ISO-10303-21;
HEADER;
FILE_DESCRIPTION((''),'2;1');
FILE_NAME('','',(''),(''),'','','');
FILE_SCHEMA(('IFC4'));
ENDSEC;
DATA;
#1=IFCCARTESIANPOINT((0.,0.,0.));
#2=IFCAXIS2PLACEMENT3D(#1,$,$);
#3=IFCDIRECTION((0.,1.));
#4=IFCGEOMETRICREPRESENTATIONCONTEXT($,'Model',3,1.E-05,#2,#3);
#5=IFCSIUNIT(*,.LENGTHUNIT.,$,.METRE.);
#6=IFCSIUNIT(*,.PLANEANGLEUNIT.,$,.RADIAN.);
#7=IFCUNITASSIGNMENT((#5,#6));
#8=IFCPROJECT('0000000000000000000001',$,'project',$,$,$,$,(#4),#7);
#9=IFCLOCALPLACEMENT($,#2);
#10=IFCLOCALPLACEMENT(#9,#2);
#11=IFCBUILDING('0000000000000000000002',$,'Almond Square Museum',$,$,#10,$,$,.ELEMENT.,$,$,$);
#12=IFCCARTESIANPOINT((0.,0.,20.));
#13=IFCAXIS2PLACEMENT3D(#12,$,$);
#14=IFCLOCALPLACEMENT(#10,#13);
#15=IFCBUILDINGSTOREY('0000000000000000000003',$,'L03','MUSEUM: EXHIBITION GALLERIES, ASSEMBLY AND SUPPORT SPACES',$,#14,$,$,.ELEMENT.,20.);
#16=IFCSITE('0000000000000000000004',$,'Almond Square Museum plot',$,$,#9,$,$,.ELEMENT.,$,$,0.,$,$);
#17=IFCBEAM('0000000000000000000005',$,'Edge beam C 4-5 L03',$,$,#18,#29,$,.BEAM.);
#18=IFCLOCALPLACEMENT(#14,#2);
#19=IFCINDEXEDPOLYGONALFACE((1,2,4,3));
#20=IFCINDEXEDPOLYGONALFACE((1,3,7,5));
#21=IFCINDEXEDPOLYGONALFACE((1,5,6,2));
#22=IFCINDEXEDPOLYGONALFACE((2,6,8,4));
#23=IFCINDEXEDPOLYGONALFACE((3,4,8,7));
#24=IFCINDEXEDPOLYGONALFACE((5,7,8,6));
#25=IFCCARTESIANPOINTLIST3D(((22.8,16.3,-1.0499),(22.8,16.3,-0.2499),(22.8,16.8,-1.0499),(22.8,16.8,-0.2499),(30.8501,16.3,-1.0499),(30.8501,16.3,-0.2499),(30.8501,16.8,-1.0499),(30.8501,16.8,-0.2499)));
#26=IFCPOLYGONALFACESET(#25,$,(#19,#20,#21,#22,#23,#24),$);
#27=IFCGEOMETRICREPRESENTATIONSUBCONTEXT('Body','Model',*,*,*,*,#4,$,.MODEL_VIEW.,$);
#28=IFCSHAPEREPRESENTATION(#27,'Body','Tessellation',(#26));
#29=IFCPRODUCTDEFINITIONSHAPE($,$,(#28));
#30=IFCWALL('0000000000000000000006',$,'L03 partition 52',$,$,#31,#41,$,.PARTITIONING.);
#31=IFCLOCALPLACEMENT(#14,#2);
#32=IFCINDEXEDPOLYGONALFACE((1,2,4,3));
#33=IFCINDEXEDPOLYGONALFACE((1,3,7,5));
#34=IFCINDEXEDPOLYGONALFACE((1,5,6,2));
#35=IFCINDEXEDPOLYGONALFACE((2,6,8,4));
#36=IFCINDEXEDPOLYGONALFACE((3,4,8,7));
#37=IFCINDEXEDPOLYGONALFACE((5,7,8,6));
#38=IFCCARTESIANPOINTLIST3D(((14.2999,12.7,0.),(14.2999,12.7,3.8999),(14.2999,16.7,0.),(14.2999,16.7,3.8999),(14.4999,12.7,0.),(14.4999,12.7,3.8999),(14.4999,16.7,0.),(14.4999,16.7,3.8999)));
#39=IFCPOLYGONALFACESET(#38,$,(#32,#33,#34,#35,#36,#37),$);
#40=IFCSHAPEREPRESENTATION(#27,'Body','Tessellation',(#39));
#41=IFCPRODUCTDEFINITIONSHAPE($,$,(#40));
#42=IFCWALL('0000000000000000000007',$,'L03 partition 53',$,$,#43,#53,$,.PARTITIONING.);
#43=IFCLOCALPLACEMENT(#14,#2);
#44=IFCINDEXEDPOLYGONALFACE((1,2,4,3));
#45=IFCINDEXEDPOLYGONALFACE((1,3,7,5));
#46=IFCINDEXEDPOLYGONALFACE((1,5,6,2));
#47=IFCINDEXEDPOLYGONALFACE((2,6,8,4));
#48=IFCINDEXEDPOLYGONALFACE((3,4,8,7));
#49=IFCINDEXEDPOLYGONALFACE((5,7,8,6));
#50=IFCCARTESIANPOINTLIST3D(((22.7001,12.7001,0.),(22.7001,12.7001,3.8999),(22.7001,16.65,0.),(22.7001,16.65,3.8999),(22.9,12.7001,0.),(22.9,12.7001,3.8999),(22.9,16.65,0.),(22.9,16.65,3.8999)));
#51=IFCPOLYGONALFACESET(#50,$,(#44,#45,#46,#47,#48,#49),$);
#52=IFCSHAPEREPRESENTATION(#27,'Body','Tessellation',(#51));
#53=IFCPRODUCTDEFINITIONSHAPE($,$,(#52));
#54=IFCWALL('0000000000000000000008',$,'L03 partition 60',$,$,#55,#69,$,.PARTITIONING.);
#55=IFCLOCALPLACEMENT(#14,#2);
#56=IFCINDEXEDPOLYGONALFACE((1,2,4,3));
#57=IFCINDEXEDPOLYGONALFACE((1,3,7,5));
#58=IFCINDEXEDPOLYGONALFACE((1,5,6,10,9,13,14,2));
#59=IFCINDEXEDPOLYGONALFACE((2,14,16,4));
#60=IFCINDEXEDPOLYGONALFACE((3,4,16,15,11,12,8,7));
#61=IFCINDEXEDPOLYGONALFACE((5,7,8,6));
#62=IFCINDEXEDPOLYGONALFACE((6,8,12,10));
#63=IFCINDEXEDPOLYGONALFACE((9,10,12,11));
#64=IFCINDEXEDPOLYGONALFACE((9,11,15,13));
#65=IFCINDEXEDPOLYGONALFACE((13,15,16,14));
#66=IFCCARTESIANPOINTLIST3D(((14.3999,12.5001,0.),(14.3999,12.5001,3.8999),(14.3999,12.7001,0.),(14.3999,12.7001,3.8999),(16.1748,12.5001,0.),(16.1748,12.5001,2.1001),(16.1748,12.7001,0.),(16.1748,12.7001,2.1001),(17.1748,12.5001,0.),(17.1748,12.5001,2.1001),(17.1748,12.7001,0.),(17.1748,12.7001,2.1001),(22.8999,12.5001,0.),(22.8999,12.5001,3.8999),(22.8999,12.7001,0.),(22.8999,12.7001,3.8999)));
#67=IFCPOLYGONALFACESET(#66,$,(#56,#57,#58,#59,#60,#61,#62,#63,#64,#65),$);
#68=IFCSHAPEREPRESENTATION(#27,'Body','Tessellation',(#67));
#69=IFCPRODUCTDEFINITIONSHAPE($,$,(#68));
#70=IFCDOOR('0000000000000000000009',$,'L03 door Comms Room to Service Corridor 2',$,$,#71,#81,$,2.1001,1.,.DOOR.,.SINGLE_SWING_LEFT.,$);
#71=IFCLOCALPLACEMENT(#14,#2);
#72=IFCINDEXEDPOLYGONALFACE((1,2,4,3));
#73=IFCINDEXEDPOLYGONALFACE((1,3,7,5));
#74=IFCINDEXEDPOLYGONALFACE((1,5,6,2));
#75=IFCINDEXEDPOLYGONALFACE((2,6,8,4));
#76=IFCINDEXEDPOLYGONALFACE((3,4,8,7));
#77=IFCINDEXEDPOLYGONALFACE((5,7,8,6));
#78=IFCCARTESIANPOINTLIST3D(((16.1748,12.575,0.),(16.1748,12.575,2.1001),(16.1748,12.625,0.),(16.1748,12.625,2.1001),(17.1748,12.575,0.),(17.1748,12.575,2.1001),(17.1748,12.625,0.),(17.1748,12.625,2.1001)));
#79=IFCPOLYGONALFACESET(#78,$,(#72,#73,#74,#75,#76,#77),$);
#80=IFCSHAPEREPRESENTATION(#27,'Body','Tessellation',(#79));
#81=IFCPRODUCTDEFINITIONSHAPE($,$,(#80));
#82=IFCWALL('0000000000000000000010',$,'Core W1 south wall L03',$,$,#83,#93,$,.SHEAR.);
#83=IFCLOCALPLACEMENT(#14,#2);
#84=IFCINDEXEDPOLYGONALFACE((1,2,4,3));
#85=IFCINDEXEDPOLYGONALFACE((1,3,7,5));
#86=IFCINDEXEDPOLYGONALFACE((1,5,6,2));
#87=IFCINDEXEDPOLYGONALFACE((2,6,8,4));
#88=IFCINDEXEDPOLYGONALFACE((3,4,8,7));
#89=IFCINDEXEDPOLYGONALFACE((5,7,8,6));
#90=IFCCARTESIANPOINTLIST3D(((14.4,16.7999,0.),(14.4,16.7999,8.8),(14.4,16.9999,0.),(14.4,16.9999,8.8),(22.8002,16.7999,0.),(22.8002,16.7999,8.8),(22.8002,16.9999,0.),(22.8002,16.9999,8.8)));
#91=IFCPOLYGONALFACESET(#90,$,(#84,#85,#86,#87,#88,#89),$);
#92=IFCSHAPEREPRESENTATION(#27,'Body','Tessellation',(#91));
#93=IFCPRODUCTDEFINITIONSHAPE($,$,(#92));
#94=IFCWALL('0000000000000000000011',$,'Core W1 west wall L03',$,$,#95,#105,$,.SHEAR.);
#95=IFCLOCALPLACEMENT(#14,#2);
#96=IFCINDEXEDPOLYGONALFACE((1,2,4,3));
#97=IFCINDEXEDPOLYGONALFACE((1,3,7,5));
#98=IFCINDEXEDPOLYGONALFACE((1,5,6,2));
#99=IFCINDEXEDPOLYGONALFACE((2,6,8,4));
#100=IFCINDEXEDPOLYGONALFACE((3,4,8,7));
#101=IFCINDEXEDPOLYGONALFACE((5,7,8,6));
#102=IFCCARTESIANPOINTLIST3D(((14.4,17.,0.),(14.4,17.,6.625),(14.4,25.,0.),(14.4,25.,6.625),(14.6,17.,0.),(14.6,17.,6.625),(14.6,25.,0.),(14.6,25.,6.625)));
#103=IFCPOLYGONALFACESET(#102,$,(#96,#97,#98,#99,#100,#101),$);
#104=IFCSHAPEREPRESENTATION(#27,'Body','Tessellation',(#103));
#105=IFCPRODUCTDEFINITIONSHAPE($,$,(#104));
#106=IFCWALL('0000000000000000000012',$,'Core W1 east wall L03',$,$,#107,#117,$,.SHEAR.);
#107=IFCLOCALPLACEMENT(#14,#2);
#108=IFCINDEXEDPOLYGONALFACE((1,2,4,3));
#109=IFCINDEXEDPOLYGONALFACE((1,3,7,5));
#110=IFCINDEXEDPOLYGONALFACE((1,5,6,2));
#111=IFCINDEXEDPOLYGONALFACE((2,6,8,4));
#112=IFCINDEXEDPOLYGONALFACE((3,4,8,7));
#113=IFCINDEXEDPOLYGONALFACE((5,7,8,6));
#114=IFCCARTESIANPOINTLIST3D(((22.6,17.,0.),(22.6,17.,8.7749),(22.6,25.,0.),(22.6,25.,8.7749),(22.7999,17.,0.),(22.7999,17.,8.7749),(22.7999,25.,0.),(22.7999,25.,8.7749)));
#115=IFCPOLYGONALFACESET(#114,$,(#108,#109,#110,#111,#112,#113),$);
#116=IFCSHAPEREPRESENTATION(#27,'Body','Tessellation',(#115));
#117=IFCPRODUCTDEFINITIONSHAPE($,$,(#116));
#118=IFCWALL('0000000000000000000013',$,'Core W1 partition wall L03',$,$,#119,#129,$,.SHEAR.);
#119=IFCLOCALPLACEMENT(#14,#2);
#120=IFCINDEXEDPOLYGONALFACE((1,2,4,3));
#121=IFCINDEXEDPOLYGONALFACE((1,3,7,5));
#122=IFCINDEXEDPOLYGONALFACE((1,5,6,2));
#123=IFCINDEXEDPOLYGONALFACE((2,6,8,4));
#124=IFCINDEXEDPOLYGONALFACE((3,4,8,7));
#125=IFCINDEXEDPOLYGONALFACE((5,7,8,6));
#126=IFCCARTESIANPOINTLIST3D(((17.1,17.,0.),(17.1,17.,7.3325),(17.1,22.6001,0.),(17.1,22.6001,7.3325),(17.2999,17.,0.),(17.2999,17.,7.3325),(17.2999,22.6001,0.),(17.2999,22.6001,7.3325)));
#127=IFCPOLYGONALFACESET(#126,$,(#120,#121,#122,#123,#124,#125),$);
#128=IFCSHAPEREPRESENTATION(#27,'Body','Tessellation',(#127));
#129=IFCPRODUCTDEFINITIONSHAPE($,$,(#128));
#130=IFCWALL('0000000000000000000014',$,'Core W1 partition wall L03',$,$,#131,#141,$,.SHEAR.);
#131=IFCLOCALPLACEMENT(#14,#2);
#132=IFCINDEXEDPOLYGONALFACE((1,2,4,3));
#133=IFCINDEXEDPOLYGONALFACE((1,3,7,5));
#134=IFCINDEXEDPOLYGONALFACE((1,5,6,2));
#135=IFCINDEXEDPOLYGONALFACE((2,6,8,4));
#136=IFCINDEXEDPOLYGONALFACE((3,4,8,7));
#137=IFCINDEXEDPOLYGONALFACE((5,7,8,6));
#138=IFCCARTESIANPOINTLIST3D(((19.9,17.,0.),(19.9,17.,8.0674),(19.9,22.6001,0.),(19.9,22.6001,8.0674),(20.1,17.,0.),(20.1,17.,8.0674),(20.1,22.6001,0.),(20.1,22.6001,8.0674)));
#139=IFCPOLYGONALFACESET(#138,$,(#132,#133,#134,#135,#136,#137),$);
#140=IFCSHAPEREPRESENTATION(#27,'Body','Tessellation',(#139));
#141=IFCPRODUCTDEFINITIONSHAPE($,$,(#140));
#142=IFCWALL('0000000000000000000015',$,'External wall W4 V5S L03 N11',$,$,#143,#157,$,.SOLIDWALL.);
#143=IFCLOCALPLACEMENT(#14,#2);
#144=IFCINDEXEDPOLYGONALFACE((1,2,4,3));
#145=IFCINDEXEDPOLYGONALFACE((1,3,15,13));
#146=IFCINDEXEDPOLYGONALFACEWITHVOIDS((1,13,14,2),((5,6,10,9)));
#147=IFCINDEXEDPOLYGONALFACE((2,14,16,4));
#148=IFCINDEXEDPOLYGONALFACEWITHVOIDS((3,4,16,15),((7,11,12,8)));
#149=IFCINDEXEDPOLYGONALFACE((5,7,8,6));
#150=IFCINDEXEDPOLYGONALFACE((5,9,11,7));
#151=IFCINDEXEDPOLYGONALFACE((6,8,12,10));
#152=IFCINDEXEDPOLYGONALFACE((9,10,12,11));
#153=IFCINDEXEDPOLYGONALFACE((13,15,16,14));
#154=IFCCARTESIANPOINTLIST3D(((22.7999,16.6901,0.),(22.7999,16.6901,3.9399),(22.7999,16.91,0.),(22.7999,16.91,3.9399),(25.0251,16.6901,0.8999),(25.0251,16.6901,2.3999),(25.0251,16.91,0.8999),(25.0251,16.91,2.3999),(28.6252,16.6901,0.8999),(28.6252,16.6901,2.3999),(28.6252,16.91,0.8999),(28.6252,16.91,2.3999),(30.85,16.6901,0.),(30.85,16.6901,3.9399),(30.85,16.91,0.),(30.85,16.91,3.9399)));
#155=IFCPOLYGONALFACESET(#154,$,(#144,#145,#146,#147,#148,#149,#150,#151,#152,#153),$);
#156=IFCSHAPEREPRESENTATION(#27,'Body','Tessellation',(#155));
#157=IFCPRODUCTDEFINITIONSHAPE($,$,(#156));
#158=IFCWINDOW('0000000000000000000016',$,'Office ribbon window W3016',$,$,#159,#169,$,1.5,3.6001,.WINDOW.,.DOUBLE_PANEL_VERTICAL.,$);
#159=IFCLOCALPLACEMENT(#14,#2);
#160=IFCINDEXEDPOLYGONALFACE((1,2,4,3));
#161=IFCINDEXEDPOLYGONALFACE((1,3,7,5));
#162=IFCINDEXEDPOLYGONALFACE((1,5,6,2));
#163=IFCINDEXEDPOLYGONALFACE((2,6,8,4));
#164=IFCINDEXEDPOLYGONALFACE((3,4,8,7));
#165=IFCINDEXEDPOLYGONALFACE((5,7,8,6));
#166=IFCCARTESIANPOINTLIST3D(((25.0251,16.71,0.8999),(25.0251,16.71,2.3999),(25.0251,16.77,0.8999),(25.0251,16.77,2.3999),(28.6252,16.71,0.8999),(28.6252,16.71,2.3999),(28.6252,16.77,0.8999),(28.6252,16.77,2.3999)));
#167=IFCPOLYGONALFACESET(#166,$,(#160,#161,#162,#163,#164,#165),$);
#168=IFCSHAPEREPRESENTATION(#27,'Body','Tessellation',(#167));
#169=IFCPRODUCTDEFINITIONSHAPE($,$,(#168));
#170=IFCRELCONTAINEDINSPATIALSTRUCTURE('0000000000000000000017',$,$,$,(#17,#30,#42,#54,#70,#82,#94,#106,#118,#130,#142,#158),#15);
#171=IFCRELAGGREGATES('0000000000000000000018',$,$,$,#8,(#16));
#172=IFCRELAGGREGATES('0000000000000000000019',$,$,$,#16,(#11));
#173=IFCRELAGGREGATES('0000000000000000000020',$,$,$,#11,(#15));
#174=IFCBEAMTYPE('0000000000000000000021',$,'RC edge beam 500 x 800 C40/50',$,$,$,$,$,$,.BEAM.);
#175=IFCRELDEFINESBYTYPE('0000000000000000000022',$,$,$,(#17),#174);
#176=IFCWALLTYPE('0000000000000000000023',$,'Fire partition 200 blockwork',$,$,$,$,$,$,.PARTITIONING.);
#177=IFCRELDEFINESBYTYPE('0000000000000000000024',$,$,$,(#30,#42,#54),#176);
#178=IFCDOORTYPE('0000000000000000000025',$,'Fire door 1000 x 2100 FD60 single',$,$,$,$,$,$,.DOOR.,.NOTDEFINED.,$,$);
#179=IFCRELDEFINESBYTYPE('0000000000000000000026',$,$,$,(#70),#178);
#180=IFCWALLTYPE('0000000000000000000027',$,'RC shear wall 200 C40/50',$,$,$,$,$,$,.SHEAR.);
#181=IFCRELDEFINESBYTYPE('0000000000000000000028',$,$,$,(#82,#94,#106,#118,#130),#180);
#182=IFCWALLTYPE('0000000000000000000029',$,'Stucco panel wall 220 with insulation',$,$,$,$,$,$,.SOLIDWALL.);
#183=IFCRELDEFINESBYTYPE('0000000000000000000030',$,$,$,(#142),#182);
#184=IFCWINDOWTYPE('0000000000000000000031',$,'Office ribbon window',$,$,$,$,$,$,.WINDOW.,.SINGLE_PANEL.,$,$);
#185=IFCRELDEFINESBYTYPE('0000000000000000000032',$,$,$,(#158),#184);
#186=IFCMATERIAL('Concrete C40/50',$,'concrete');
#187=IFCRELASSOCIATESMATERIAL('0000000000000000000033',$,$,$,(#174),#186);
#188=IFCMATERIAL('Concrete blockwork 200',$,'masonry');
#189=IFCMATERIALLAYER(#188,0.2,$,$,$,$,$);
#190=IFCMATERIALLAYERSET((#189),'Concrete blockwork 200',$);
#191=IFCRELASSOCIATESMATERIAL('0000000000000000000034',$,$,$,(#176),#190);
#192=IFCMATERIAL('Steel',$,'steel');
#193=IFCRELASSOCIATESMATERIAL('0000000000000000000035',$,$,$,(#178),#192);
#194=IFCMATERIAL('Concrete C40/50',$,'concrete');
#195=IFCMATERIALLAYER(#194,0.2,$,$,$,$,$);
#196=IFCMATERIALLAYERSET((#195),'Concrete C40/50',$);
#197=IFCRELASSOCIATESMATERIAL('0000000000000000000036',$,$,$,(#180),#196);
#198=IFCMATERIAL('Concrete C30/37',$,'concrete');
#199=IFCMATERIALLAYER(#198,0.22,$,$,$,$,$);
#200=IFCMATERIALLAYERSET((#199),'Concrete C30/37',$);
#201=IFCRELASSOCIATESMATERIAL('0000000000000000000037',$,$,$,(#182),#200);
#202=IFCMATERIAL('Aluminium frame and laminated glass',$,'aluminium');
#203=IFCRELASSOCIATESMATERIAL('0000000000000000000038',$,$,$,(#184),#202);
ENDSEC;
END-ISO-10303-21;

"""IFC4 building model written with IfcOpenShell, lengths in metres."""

from ifc_helpers import new_model, si_unit, direction, frame, frame_2d, origin, origin_2d, place, context, subcontext, project, spatial, rectangle, extrude, material, layer, layer_set, material_profile, profile_set, type_object, element, fill, save


model = new_model("IFC4")

# Units and contexts
model_context = context("Model", 3, precision=1e-05, world=origin(), true_north=direction((0.0, 1.0)))
body_context = subcontext(model_context, "Body", "Model", "MODEL_VIEW")
ifc_project = project(units=[si_unit("LENGTHUNIT", "METRE"), si_unit("PLANEANGLEUNIT", "RADIAN")], contexts=[model_context])

# Site, building, storey
site_placement = place(None, origin())
site = spatial("IfcSite", under=ifc_project, at=site_placement, Name="Almond Square Museum plot", CompositionType="ELEMENT", RefElevation=0.0)
building_placement = place(site_placement, origin())
building = spatial("IfcBuilding", under=site, at=building_placement, Name="Almond Square Museum", CompositionType="ELEMENT")
storey_placement = place(building_placement, frame((0.0, 0.0, 20.0)))
storey = spatial("IfcBuildingStorey", under=building, at=storey_placement, Name="L03", Description="MUSEUM: EXHIBITION GALLERIES, ASSEMBLY AND SUPPORT SPACES", CompositionType="ELEMENT", Elevation=20.0)

# Beam
ifc_material_1 = material(Name="Concrete C40/50", Category="concrete")
ifc_material_profile_1 = material_profile(ifc_material_1, rectangle(XDim=0.5, YDim=0.8, at=origin_2d()))
ifc_profile_set_1 = profile_set([ifc_material_profile_1], Name="Concrete C40/50")
beam_type = type_object("IfcBeamType", Name="RC edge beam 500 x 800 C40/50", PredefinedType="BEAM", material=ifc_profile_set_1)
beam_placement = place(storey_placement, frame((22.8, 16.55, -0.6499), z_axis=(1.0, 0.0, 0.0), x_axis=(0.0, 1.0, 0.0)))
element("IfcBeam", 1, at=beam_placement, inside=storey, type_object=beam_type, Name="Edge beam C 4-5 L03", PredefinedType="BEAM", context=body_context, shape_type="SweptSolid", body=[
    extrude(rectangle(XDim=0.5, YDim=0.8, at=origin_2d()), origin(), (0.0, 0.0, 1.0), 8.05),
])

# Walls
ifc_material_2 = material(Name="Concrete blockwork 200", Category="masonry")
ifc_layer_1 = layer(ifc_material_2, 0.2)
ifc_layer_set_1 = layer_set([ifc_layer_1], Name="Concrete blockwork 200")
wall_type_1 = type_object("IfcWallType", Name="Fire partition 200 blockwork", PredefinedType="PARTITIONING", material=ifc_layer_set_1)
wall_1_placement = place(storey_placement, frame((14.3999, 12.7, 0.0), z_axis=(0.0, 0.0, 1.0), x_axis=(0.0, 1.0, 0.0)))
element("IfcWall", 2, at=wall_1_placement, inside=storey, type_object=wall_type_1, Name="L03 partition 52", PredefinedType="PARTITIONING", context=body_context, shape_type="SweptSolid", body=[
    extrude(rectangle(XDim=4.0, YDim=0.2, at=frame_2d((2.0, 0.0))), origin(), (0.0, 0.0, 1.0), 3.8999),
])
wall_2_placement = place(storey_placement, frame((22.8, 12.7, 0.0), z_axis=(0.0, 0.0, 1.0), x_axis=(0.0, 1.0, 0.0)))
element("IfcWall", 3, at=wall_2_placement, inside=storey, type_object=wall_type_1, Name="L03 partition 53", PredefinedType="PARTITIONING", context=body_context, shape_type="SweptSolid", body=[
    extrude(rectangle(XDim=3.95, YDim=0.2, at=frame_2d((1.9751, 0.0))), origin(), (0.0, 0.0, 1.0), 3.8999),
])

# Wall, opening, door
wall_3_placement = place(storey_placement, frame((14.3999, 12.6001, 0.0), z_axis=(0.0, 0.0, 1.0), x_axis=(1.0, 0.0, 0.0)))
wall_3 = element("IfcWall", 4, at=wall_3_placement, inside=storey, type_object=wall_type_1, Name="L03 partition 60", PredefinedType="PARTITIONING", context=body_context, shape_type="SweptSolid", body=[
    extrude(rectangle(XDim=8.5, YDim=0.2, at=frame_2d((4.25, 0.0))), origin(), (0.0, 0.0, 1.0), 3.8999),
])
opening_1_placement = place(wall_3_placement, frame((1.7749, 0.0, 0.0)))
opening_1 = element("IfcOpeningElement", 5, at=opening_1_placement, cuts=wall_3, PredefinedType="OPENING", context=body_context, shape_type="SweptSolid", body=[
    extrude(rectangle(XDim=1.0, YDim=2.1001, at=frame_2d((0.5, 1.05))), frame((0.0, 0.1099, 0.0), z_axis=(0.0, -1.0, 0.0), x_axis=(1.0, 0.0, 0.0)), (0.0, 0.0, 1.0), 0.22),
])
ifc_material_3 = material(Name="Steel", Category="steel")
door_type = type_object("IfcDoorType", Name="Fire door 1000 x 2100 FD60 single", OperationType="NOTDEFINED", PredefinedType="DOOR", material=ifc_material_3)
door_placement = place(opening_1_placement, origin())
door = element("IfcDoor", 6, at=door_placement, inside=storey, type_object=door_type, Name="L03 door Comms Room to Service Corridor 2", OperationType="SINGLE_SWING_LEFT", OverallHeight=2.1001, OverallWidth=1.0, PredefinedType="DOOR", context=body_context, shape_type="SweptSolid", body=[
    extrude(rectangle(XDim=1.0, YDim=2.1001, at=frame_2d((0.5, 1.05))), frame((0.0, 0.0249, 0.0), z_axis=(0.0, -1.0, 0.0), x_axis=(1.0, 0.0, 0.0)), (0.0, 0.0, 1.0), 0.05),
])
fill(opening_1, door)

# Walls
ifc_material_4 = material(Name="Concrete C40/50", Category="concrete")
ifc_layer_2 = layer(ifc_material_4, 0.2)
ifc_layer_set_2 = layer_set([ifc_layer_2], Name="Concrete C40/50")
wall_type_2 = type_object("IfcWallType", Name="RC shear wall 200 C40/50", PredefinedType="SHEAR", material=ifc_layer_set_2)
wall_4_placement = place(storey_placement, frame((14.3999, 16.8999, 0.0), z_axis=(0.0, 0.0, 1.0), x_axis=(1.0, 0.0, 0.0)))
element("IfcWall", 7, at=wall_4_placement, inside=storey, type_object=wall_type_2, Name="Core W1 south wall L03", PredefinedType="SHEAR", context=body_context, shape_type="SweptSolid", body=[
    extrude(rectangle(XDim=8.4001, YDim=0.2, at=frame_2d((4.2002, 0.0))), origin(), (0.0, 0.0, 1.0), 8.8),
])
wall_5_placement = place(storey_placement, frame((14.5, 17.0, 0.0), z_axis=(0.0, 0.0, 1.0), x_axis=(0.0, 1.0, 0.0)))
element("IfcWall", 8, at=wall_5_placement, inside=storey, type_object=wall_type_2, Name="Core W1 west wall L03", PredefinedType="SHEAR", context=body_context, shape_type="SweptSolid", body=[
    extrude(rectangle(XDim=8.0, YDim=0.2, at=frame_2d((4.0, 0.0))), origin(), (0.0, 0.0, 1.0), 6.625),
])
wall_6_placement = place(storey_placement, frame((22.7, 17.0, 0.0), z_axis=(0.0, 0.0, 1.0), x_axis=(0.0, 1.0, 0.0)))
element("IfcWall", 9, at=wall_6_placement, inside=storey, type_object=wall_type_2, Name="Core W1 east wall L03", PredefinedType="SHEAR", context=body_context, shape_type="SweptSolid", body=[
    extrude(rectangle(XDim=8.0, YDim=0.2, at=frame_2d((4.0, 0.0))), origin(), (0.0, 0.0, 1.0), 8.7749),
])
wall_7_placement = place(storey_placement, frame((17.2, 17.0, 0.0), z_axis=(0.0, 0.0, 1.0), x_axis=(0.0, 1.0, 0.0)))
element("IfcWall", 10, at=wall_7_placement, inside=storey, type_object=wall_type_2, Name="Core W1 partition wall L03", PredefinedType="SHEAR", context=body_context, shape_type="SweptSolid", body=[
    extrude(rectangle(XDim=5.6001, YDim=0.2, at=frame_2d((2.8, 0.0))), origin(), (0.0, 0.0, 1.0), 7.3325),
])
wall_8_placement = place(storey_placement, frame((20.0, 17.0, 0.0), z_axis=(0.0, 0.0, 1.0), x_axis=(0.0, 1.0, 0.0)))
element("IfcWall", 11, at=wall_8_placement, inside=storey, type_object=wall_type_2, Name="Core W1 partition wall L03", PredefinedType="SHEAR", context=body_context, shape_type="SweptSolid", body=[
    extrude(rectangle(XDim=5.6001, YDim=0.2, at=frame_2d((2.8, 0.0))), origin(), (0.0, 0.0, 1.0), 8.0674),
])

# Wall, opening, window
ifc_material_5 = material(Name="Concrete C30/37", Category="concrete")
ifc_layer_3 = layer(ifc_material_5, 0.22)
ifc_layer_set_3 = layer_set([ifc_layer_3], Name="Concrete C30/37")
wall_type_3 = type_object("IfcWallType", Name="Stucco panel wall 220 with insulation", PredefinedType="SOLIDWALL", material=ifc_layer_set_3)
wall_9_placement = place(storey_placement, frame((22.8, 16.8, 0.0), z_axis=(0.0, 0.0, 1.0), x_axis=(1.0, 0.0, 0.0)))
wall_9 = element("IfcWall", 12, at=wall_9_placement, inside=storey, type_object=wall_type_3, Name="External wall W4 V5S L03 N11", PredefinedType="SOLIDWALL", context=body_context, shape_type="SweptSolid", body=[
    extrude(rectangle(XDim=8.05, YDim=0.22, at=frame_2d((4.0249, 0.0))), origin(), (0.0, 0.0, 1.0), 3.9399),
])
opening_2_placement = place(wall_9_placement, frame((2.2251, 0.0, 0.8999)))
opening_2 = element("IfcOpeningElement", 13, at=opening_2_placement, cuts=wall_9, PredefinedType="OPENING", context=body_context, shape_type="SweptSolid", body=[
    extrude(rectangle(XDim=3.6001, YDim=1.5, at=frame_2d((1.8, 0.75))), frame((0.0, 0.1199, 0.0), z_axis=(0.0, -1.0, 0.0), x_axis=(1.0, 0.0, 0.0)), (0.0, 0.0, 1.0), 0.24),
])
ifc_material_6 = material(Name="Aluminium frame and laminated glass", Category="aluminium")
window_type = type_object("IfcWindowType", Name="Office ribbon window", PartitioningType="SINGLE_PANEL", PredefinedType="WINDOW", material=ifc_material_6)
window_placement = place(opening_2_placement, origin())
window = element("IfcWindow", 14, at=window_placement, inside=storey, type_object=window_type, Name="Office ribbon window W3016", OverallHeight=1.5, OverallWidth=3.6001, PartitioningType="DOUBLE_PANEL_VERTICAL", PredefinedType="WINDOW", context=body_context, shape_type="SweptSolid", body=[
    extrude(rectangle(XDim=3.6001, YDim=1.5, at=frame_2d((1.8, 0.75))), frame((0.0, -0.03, 0.0), z_axis=(0.0, -1.0, 0.0), x_axis=(1.0, 0.0, 0.0)), (0.0, 0.0, 1.0), 0.0601),
])
fill(opening_2, window)

save(model, "model.ifc")
